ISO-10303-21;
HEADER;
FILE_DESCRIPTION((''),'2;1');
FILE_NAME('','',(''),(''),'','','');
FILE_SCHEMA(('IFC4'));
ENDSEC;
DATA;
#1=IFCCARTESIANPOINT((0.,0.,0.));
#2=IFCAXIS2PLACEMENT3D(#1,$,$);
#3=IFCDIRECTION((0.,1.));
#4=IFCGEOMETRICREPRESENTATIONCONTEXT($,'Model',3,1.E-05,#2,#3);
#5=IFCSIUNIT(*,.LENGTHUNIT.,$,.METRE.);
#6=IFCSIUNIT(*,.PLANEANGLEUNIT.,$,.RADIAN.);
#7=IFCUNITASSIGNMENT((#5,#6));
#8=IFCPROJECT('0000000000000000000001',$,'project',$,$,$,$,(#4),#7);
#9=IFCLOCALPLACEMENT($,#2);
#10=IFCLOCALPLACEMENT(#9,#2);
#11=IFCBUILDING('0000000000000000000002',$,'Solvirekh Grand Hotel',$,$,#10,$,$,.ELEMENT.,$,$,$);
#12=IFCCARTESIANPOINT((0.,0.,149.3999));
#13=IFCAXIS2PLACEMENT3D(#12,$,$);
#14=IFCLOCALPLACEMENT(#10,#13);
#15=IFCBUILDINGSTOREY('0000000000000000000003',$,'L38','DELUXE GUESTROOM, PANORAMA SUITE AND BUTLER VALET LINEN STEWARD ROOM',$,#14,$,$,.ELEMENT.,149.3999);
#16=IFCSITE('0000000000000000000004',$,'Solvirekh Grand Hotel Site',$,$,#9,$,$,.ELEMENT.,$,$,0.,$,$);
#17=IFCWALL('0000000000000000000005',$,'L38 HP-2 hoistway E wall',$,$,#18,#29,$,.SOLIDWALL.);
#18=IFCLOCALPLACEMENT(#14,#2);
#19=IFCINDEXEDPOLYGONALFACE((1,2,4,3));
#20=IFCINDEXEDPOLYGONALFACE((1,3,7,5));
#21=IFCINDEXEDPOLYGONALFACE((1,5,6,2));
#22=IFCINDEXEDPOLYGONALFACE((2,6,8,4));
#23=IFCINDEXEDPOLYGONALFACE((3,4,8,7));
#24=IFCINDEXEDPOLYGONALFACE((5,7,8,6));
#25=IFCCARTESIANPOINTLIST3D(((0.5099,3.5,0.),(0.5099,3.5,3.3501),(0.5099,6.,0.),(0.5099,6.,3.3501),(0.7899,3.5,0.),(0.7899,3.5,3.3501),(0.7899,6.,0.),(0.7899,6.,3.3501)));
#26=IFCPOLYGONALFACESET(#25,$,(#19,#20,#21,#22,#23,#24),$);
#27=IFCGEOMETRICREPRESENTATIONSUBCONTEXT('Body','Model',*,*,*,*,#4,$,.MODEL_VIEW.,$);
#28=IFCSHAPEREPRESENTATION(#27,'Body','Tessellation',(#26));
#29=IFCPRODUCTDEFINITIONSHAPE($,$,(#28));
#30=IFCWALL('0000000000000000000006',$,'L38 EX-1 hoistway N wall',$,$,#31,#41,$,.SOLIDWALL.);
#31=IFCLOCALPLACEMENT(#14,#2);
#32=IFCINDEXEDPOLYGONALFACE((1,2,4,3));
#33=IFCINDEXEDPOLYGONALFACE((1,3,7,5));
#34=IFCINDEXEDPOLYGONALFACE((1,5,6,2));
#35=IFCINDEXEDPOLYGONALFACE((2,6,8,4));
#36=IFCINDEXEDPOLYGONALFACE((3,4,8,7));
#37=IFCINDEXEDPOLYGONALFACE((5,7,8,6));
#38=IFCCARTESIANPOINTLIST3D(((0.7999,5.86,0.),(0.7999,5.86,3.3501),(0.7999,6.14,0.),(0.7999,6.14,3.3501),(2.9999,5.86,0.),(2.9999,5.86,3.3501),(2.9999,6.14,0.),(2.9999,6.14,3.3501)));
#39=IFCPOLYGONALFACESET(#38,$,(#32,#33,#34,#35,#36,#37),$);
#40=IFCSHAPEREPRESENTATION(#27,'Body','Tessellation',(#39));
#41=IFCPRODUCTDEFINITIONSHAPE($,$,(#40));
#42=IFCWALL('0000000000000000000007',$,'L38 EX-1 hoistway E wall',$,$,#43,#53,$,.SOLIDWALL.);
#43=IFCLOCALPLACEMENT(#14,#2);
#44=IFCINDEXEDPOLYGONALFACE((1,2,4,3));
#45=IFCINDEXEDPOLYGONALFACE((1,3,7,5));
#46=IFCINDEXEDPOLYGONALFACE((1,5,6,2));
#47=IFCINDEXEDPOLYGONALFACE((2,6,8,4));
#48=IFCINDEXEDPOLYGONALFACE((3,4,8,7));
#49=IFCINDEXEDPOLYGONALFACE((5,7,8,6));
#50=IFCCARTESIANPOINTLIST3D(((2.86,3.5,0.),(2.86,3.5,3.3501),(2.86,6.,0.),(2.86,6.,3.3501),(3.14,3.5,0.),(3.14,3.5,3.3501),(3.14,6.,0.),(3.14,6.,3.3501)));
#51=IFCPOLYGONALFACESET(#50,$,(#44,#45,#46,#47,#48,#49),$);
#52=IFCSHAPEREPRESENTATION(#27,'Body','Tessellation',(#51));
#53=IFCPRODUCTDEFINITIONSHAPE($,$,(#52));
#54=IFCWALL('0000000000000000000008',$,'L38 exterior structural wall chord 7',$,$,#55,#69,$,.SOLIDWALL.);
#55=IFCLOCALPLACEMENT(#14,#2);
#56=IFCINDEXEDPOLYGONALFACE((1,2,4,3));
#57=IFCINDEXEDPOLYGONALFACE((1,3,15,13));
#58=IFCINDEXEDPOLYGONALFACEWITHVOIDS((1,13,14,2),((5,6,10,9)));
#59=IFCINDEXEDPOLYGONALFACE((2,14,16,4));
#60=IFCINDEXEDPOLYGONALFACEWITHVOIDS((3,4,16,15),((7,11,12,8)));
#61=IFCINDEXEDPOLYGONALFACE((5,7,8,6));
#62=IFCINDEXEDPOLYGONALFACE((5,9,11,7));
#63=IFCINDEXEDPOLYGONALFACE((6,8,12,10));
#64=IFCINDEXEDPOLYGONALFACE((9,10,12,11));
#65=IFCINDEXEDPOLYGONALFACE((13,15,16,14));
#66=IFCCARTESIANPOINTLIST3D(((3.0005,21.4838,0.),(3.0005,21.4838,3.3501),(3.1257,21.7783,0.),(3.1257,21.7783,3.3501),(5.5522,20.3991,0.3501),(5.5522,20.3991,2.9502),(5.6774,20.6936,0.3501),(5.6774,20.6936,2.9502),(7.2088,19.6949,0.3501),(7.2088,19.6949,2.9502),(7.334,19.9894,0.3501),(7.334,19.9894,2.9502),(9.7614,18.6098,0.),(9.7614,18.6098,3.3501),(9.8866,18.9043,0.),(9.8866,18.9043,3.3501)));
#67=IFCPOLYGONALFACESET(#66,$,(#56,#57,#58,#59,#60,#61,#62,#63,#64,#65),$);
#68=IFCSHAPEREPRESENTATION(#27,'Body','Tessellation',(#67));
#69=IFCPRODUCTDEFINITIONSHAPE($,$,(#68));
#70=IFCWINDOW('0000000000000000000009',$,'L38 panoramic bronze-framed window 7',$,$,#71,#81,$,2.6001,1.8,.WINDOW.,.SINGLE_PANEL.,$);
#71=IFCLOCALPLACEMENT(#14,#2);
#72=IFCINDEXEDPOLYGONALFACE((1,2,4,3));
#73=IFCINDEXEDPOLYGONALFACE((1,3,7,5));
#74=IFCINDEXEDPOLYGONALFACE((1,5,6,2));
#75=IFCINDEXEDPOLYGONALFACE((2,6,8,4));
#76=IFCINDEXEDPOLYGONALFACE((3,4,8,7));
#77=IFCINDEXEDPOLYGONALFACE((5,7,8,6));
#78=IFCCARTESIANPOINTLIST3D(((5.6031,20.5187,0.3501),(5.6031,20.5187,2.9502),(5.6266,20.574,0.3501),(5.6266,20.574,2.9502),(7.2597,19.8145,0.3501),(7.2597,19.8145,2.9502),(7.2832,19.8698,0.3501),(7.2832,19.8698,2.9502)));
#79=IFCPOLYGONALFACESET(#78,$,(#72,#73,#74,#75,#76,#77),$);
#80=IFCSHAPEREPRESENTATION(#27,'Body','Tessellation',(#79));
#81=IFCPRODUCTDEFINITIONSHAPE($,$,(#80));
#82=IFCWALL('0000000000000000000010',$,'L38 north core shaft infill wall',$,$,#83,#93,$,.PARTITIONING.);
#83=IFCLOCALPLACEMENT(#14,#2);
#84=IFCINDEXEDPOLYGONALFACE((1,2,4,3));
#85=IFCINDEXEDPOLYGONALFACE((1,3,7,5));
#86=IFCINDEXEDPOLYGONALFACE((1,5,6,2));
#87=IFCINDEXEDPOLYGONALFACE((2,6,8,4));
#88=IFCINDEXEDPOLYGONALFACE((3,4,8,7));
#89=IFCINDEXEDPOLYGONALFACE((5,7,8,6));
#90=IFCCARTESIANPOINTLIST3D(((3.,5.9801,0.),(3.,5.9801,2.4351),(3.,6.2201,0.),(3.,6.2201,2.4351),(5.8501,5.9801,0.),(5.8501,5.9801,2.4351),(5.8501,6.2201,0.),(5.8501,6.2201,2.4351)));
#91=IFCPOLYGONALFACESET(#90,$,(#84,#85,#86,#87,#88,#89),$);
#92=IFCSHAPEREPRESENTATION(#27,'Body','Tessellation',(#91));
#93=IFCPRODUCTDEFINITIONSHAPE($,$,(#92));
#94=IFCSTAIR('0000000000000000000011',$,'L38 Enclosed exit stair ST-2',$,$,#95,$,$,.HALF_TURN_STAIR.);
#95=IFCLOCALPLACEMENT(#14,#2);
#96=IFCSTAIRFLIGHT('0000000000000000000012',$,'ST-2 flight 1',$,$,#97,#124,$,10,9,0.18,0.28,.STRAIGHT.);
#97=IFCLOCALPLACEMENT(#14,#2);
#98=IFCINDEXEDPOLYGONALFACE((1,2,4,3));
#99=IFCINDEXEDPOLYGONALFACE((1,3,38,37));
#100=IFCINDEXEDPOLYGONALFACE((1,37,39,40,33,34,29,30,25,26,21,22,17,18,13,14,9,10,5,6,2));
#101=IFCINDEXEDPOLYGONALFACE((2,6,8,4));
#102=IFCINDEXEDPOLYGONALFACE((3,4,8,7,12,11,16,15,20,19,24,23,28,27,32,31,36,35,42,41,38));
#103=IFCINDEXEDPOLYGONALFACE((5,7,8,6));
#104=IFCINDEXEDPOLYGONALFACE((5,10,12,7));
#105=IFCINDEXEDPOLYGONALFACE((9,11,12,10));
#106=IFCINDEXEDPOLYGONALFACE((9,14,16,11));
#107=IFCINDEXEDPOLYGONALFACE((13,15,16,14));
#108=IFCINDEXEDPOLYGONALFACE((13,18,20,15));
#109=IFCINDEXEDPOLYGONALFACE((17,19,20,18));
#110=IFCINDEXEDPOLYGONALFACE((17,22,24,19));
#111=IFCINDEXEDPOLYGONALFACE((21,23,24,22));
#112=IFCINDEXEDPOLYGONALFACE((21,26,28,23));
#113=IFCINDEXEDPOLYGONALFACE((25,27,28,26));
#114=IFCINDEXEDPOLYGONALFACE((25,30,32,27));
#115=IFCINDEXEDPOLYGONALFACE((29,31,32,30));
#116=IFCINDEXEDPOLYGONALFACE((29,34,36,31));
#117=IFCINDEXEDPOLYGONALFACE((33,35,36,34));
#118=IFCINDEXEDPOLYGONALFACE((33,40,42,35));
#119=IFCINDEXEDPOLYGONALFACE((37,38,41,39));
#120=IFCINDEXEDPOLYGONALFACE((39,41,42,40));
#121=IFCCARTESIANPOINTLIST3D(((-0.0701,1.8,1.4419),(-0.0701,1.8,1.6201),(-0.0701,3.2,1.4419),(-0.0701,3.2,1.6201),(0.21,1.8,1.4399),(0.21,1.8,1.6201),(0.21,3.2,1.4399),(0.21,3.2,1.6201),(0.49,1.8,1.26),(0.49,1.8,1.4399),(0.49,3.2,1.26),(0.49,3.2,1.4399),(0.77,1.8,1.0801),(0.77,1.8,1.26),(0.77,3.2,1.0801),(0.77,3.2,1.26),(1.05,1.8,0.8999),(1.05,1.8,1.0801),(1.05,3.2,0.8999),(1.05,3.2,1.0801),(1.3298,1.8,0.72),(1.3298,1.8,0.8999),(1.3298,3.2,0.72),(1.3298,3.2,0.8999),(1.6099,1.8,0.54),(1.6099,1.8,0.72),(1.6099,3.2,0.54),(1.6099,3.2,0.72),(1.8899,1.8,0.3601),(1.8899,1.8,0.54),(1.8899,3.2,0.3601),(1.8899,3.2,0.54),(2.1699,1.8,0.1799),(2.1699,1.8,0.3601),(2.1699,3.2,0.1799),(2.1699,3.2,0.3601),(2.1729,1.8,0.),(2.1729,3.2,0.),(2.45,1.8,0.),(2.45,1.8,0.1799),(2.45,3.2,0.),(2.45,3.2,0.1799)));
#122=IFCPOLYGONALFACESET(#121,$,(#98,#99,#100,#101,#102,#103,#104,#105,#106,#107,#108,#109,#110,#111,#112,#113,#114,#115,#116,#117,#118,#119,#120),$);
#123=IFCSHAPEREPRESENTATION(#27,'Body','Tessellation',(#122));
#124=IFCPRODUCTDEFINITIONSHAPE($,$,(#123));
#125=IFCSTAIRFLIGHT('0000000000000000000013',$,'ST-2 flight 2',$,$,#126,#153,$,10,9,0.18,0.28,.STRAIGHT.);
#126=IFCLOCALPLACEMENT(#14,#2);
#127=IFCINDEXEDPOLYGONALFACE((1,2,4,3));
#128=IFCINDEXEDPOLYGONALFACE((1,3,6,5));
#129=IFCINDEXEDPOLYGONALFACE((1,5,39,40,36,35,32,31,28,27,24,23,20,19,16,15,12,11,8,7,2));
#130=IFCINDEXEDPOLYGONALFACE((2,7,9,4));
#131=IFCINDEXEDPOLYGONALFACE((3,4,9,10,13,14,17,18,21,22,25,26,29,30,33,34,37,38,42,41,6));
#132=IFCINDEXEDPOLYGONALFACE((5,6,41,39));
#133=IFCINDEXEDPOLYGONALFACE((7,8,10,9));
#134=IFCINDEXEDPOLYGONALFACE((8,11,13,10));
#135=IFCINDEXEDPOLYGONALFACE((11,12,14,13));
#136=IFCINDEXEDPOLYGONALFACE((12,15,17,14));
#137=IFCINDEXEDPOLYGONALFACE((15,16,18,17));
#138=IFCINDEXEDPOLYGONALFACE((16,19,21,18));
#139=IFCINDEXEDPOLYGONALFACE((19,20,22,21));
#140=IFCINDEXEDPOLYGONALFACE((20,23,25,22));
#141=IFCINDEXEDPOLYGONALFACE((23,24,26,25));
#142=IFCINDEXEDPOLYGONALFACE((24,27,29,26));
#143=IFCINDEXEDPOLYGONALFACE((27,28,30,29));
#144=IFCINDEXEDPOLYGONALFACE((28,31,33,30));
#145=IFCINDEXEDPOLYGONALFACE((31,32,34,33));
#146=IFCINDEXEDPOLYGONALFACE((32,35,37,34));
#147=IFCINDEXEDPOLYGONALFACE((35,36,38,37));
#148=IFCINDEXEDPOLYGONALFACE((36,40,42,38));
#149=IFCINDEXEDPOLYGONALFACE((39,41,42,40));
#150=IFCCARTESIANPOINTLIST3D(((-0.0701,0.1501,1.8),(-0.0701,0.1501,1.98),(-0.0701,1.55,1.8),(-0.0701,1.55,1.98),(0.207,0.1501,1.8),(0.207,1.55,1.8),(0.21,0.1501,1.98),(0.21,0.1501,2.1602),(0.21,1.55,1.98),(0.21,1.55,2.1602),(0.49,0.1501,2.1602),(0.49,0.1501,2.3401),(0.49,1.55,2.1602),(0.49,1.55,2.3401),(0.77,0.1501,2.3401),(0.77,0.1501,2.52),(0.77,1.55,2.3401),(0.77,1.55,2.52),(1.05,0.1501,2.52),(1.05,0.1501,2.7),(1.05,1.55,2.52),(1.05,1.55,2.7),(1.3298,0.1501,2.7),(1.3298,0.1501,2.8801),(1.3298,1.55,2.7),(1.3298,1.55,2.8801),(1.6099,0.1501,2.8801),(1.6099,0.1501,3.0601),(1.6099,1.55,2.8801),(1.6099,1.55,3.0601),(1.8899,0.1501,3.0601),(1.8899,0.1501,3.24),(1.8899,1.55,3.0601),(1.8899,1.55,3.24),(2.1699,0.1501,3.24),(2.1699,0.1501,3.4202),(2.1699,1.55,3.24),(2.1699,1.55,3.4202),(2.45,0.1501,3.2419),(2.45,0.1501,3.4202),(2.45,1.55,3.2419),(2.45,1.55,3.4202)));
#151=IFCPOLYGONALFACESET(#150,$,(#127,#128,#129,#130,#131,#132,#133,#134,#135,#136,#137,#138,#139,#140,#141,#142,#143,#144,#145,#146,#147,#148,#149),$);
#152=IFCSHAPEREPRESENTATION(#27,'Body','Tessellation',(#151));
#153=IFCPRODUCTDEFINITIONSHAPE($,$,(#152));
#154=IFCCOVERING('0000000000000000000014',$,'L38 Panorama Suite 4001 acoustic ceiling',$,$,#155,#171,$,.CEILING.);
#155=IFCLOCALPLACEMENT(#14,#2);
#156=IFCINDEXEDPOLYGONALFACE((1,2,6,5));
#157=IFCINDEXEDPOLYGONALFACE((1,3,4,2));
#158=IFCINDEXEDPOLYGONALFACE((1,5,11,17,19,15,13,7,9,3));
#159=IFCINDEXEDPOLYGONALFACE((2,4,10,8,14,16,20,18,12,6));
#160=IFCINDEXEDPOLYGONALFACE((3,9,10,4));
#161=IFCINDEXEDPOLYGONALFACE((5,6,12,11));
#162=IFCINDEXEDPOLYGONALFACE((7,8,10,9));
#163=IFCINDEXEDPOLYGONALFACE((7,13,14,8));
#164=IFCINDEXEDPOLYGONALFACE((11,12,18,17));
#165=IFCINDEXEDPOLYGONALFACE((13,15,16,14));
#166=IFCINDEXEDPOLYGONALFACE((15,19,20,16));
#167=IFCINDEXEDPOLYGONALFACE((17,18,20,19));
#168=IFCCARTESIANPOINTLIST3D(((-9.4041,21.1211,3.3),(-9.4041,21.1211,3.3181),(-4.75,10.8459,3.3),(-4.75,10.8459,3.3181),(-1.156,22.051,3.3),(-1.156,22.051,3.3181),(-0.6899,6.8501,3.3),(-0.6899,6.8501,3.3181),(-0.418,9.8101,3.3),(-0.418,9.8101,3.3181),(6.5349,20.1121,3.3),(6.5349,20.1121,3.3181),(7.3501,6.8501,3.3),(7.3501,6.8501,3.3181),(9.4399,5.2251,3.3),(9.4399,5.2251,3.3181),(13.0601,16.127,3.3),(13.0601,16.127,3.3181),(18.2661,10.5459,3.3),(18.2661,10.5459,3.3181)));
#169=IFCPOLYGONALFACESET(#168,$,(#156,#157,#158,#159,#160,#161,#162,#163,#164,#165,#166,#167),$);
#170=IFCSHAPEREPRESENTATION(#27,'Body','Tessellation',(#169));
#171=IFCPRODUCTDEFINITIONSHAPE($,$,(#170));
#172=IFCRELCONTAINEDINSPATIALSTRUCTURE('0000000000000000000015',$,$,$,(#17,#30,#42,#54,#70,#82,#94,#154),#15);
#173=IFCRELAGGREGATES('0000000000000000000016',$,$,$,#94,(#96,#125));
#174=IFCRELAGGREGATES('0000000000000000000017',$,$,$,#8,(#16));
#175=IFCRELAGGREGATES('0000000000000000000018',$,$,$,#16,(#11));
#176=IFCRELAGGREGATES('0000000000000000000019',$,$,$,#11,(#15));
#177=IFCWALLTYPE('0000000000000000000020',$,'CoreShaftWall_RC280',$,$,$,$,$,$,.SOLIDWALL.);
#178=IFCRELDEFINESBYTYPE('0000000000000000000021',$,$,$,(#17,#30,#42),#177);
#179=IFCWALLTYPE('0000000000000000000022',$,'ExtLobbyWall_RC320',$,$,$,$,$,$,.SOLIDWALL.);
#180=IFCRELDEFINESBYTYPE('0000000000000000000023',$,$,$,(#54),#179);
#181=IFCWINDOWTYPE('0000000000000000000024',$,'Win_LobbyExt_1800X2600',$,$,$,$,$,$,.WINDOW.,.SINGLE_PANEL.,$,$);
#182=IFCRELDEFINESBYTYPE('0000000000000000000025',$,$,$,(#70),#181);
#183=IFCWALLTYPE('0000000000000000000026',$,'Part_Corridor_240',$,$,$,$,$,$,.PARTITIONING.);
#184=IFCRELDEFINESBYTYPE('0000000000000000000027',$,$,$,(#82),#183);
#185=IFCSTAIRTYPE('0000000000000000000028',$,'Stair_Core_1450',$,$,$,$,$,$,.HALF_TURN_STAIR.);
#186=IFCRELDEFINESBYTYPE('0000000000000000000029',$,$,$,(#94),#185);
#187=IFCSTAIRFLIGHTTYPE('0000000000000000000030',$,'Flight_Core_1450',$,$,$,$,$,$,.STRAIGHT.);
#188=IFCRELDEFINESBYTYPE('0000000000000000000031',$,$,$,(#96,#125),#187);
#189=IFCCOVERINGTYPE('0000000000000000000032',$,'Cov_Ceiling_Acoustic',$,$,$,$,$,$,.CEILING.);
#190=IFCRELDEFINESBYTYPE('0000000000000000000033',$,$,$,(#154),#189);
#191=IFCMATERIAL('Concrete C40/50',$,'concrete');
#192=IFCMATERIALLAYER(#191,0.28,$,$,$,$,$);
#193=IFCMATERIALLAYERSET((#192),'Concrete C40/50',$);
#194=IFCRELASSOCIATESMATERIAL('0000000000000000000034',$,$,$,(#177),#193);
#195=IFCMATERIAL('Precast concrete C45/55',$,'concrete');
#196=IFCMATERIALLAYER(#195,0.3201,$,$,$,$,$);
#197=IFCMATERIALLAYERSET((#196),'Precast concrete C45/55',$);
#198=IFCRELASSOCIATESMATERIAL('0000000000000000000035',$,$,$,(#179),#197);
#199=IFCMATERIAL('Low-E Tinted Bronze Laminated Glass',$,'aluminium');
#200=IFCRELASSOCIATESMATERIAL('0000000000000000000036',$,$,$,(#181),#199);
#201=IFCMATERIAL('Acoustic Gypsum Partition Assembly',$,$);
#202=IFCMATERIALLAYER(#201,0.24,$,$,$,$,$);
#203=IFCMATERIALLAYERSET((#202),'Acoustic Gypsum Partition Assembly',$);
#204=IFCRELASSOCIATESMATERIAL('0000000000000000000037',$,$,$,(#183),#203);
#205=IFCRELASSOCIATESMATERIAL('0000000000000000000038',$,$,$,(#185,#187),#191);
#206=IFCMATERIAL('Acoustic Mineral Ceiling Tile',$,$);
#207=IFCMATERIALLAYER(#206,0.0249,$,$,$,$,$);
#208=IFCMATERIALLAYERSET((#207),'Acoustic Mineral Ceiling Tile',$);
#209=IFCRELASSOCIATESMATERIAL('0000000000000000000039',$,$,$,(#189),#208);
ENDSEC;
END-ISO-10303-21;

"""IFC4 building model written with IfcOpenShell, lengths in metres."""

from ifc_helpers import new_model, si_unit, direction, frame, frame_2d, origin, place, context, subcontext, project, spatial, polyline, rectangle, outline, extrude, material, layer, layer_set, type_object, element, fill, aggregate, save


model = new_model("IFC4")

# Units and contexts
model_context = context("Model", 3, precision=1e-05, world=origin(), true_north=direction((0.0, 1.0)))
body_context = subcontext(model_context, "Body", "Model", "MODEL_VIEW")
ifc_project = project(units=[si_unit("LENGTHUNIT", "METRE"), si_unit("PLANEANGLEUNIT", "RADIAN")], contexts=[model_context])

# Site, building, storey
site_placement = place(None, origin())
site = spatial("IfcSite", under=ifc_project, at=site_placement, Name="Solvirekh Grand Hotel Site", CompositionType="ELEMENT", RefElevation=0.0)
building_placement = place(site_placement, origin())
building = spatial("IfcBuilding", under=site, at=building_placement, Name="Solvirekh Grand Hotel", CompositionType="ELEMENT")
storey_placement = place(building_placement, frame((0.0, 0.0, 149.3999)))
storey = spatial("IfcBuildingStorey", under=building, at=storey_placement, Name="L38", Description="DELUXE GUESTROOM, PANORAMA SUITE AND BUTLER VALET LINEN STEWARD ROOM", CompositionType="ELEMENT", Elevation=149.3999)

# Shared definitions
ifc_material_1 = material(Name="Low-E Tinted Bronze Laminated Glass", Category="aluminium")

# Walls
ifc_material_2 = material(Name="Concrete C40/50", Category="concrete")
ifc_layer_1 = layer(ifc_material_2, 0.28)
ifc_layer_set_1 = layer_set([ifc_layer_1], Name="Concrete C40/50")
wall_type_1 = type_object("IfcWallType", Name="CoreShaftWall_RC280", PredefinedType="SOLIDWALL", material=ifc_layer_set_1)
wall_1_placement = place(storey_placement, frame((0.6499, 3.5, 0.0), z_axis=(0.0, 0.0, 1.0), x_axis=(0.0, 1.0, 0.0)))
element("IfcWall", 1, at=wall_1_placement, inside=storey, type_object=wall_type_1, Name="L38 HP-2 hoistway E wall", PredefinedType="SOLIDWALL", context=body_context, shape_type="SweptSolid", body=[
    extrude(rectangle(XDim=2.5, YDim=0.28, at=frame_2d((1.25, 0.0))), origin(), (0.0, 0.0, 1.0), 3.3501),
])
wall_2_placement = place(storey_placement, frame((3.0, 6.0, 0.0), z_axis=(0.0, 0.0, 1.0), x_axis=(-1.0, 0.0, 0.0)))
element("IfcWall", 2, at=wall_2_placement, inside=storey, type_object=wall_type_1, Name="L38 EX-1 hoistway N wall", PredefinedType="SOLIDWALL", context=body_context, shape_type="SweptSolid", body=[
    extrude(rectangle(XDim=2.2, YDim=0.28, at=frame_2d((1.1001, 0.0))), origin(), (0.0, 0.0, 1.0), 3.3501),
])
wall_3_placement = place(storey_placement, frame((3.0, 3.5, 0.0), z_axis=(0.0, 0.0, 1.0), x_axis=(0.0, 1.0, 0.0)))
element("IfcWall", 3, at=wall_3_placement, inside=storey, type_object=wall_type_1, Name="L38 EX-1 hoistway E wall", PredefinedType="SOLIDWALL", context=body_context, shape_type="SweptSolid", body=[
    extrude(rectangle(XDim=2.5, YDim=0.28, at=frame_2d((1.25, 0.0))), origin(), (0.0, 0.0, 1.0), 3.3501),
])

# Wall, opening, window
ifc_material_3 = material(Name="Precast concrete C45/55", Category="concrete")
ifc_layer_2 = layer(ifc_material_3, 0.3201)
ifc_layer_set_2 = layer_set([ifc_layer_2], Name="Precast concrete C45/55")
wall_type_2 = type_object("IfcWallType", Name="ExtLobbyWall_RC320", PredefinedType="SOLIDWALL", material=ifc_layer_set_2)
wall_4_placement = place(storey_placement, frame((3.063, 21.6311, 0.0), z_axis=(0.0, 0.0, 1.0), x_axis=(0.920301, -0.39121, 0.0)))
wall_4 = element("IfcWall", 4, at=wall_4_placement, inside=storey, type_object=wall_type_2, Name="L38 exterior structural wall chord 7", PredefinedType="SOLIDWALL", context=body_context, shape_type="SweptSolid", body=[
    extrude(rectangle(XDim=7.3464, YDim=0.3201, at=frame_2d((3.6733, 0.0))), origin(), (0.0, 0.0, 1.0), 3.3501),
])
opening_placement = place(wall_4_placement, frame((2.7729, 0.0, 0.3501)))
opening = element("IfcOpeningElement", 5, at=opening_placement, cuts=wall_4, PredefinedType="OPENING", context=body_context, shape_type="SweptSolid", body=[
    extrude(rectangle(XDim=1.8, YDim=2.6001, at=frame_2d((0.8999, 1.3))), frame((0.0, 0.1699, 0.0), z_axis=(0.0, -1.0, 0.0), x_axis=(1.0, 0.0, 0.0)), (0.0, 0.0, 1.0), 0.3401),
])
window_type = type_object("IfcWindowType", Name="Win_LobbyExt_1800X2600", PartitioningType="SINGLE_PANEL", PredefinedType="WINDOW", material=ifc_material_1)
window_placement = place(opening_placement, origin())
window = element("IfcWindow", 6, at=window_placement, inside=storey, type_object=window_type, Name="L38 panoramic bronze-framed window 7", OverallHeight=2.6001, OverallWidth=1.8, PartitioningType="SINGLE_PANEL", PredefinedType="WINDOW", context=body_context, shape_type="SweptSolid", body=[
    extrude(rectangle(XDim=1.8, YDim=2.6001, at=frame_2d((0.8999, 1.3))), frame((0.0, 0.03, 0.0), z_axis=(0.0, -1.0, 0.0), x_axis=(1.0, 0.0, 0.0)), (0.0, 0.0, 1.0), 0.0601),
])
fill(opening, window)

# Wall
ifc_material_4 = material(Name="Acoustic Gypsum Partition Assembly")
ifc_layer_3 = layer(ifc_material_4, 0.24)
ifc_layer_set_3 = layer_set([ifc_layer_3], Name="Acoustic Gypsum Partition Assembly")
wall_type_3 = type_object("IfcWallType", Name="Part_Corridor_240", PredefinedType="PARTITIONING", material=ifc_layer_set_3)
wall_5_placement = place(storey_placement, frame((3.0, 6.1001, 0.0), z_axis=(0.0, 0.0, 1.0), x_axis=(1.0, 0.0, 0.0)))
element("IfcWall", 7, at=wall_5_placement, inside=storey, type_object=wall_type_3, Name="L38 north core shaft infill wall", PredefinedType="PARTITIONING", context=body_context, shape_type="SweptSolid", body=[
    extrude(rectangle(XDim=2.8501, YDim=0.24, at=frame_2d((1.425, 0.0))), origin(), (0.0, 0.0, 1.0), 2.4351),
])

# Stair, stair flights
stair_type = type_object("IfcStairType", Name="Stair_Core_1450", PredefinedType="HALF_TURN_STAIR", material=ifc_material_2)
stair_placement = place(storey_placement, origin())
stair = element("IfcStair", 8, at=stair_placement, inside=storey, type_object=stair_type, Name="L38 Enclosed exit stair ST-2", PredefinedType="HALF_TURN_STAIR")
stair_flight_type = type_object("IfcStairFlightType", Name="Flight_Core_1450", PredefinedType="STRAIGHT", material=ifc_material_2)
stair_flight_1_placement = place(storey_placement, frame((2.45, 2.5, 0.0), z_axis=(0.0, 0.0, 1.0), x_axis=(-1.0, 0.0, 0.0)))
stair_flight_1 = element("IfcStairFlight", 9, at=stair_flight_1_placement, type_object=stair_flight_type, Name="ST-2 flight 1", NumberOfRisers=10, NumberOfTreads=9, PredefinedType="STRAIGHT", RiserHeight=0.18, TreadLength=0.28, context=body_context, shape_type="SweptSolid", body=[
    extrude(outline(polyline([(0.0, 0.0), (0.0, 0.1799), (0.28, 0.1799), (0.28, 0.3601), (0.5601, 0.3601), (0.5601, 0.54), (0.8401, 0.54), (0.8401, 0.72), (1.1201, 0.72), (1.1201, 0.8999), (1.3999, 0.8999), (1.3999, 1.0801), (1.6799, 1.0801), (1.6799, 1.26), (1.96, 1.26), (1.96, 1.4399), (2.24, 1.4399), (2.24, 1.6201), (2.52, 1.6201), (2.52, 1.8), (2.52, 1.4419), (0.2771, 0.0), (0.0, 0.0)])), frame((0.0, 0.7, 0.0), z_axis=(0.0, -1.0, 0.0), x_axis=(1.0, 0.0, 0.0)), (0.0, 0.0, 1.0), 1.3999),
])
stair_flight_2_placement = place(storey_placement, frame((-0.0701, 0.8501, 1.8), z_axis=(0.0, 0.0, 1.0), x_axis=(1.0, 0.0, 0.0)))
stair_flight_2 = element("IfcStairFlight", 10, at=stair_flight_2_placement, type_object=stair_flight_type, Name="ST-2 flight 2", NumberOfRisers=10, NumberOfTreads=9, PredefinedType="STRAIGHT", RiserHeight=0.18, TreadLength=0.28, context=body_context, shape_type="SweptSolid", body=[
    extrude(outline(polyline([(0.0, 0.0), (0.0, 0.1799), (0.28, 0.1799), (0.28, 0.3601), (0.5601, 0.3601), (0.5601, 0.54), (0.8401, 0.54), (0.8401, 0.72), (1.1201, 0.72), (1.1201, 0.8999), (1.3999, 0.8999), (1.3999, 1.0801), (1.6799, 1.0801), (1.6799, 1.26), (1.96, 1.26), (1.96, 1.4399), (2.24, 1.4399), (2.24, 1.6201), (2.52, 1.6201), (2.52, 1.8), (2.52, 1.4419), (0.2771, 0.0), (0.0, 0.0)])), frame((0.0, 0.7, 0.0), z_axis=(0.0, -1.0, 0.0), x_axis=(1.0, 0.0, 0.0)), (0.0, 0.0, 1.0), 1.3999),
])
aggregate(stair, [stair_flight_1, stair_flight_2])

# Covering
ifc_material_5 = material(Name="Acoustic Mineral Ceiling Tile")
ifc_layer_4 = layer(ifc_material_5, 0.0249)
ifc_layer_set_4 = layer_set([ifc_layer_4], Name="Acoustic Mineral Ceiling Tile")
covering_type_1 = type_object("IfcCoveringType", Name="Cov_Ceiling_Acoustic", PredefinedType="CEILING", material=ifc_layer_set_4)
covering_1_placement = place(storey_placement, frame((0.0, 0.0, 3.3)))
element("IfcCovering", 11, at=covering_1_placement, inside=storey, type_object=covering_type_1, Name="L38 Panorama Suite 4001 acoustic ceiling", PredefinedType="CEILING", context=body_context, shape_type="SweptSolid", body=[
    extrude(outline(polyline([(-4.75, 10.8459), (-0.418, 9.8101), (-0.6899, 6.8501), (7.3501, 6.8501), (9.4399, 5.2251), (18.2661, 10.5459), (13.0601, 16.127), (6.5349, 20.1121), (-1.156, 22.051), (-9.4041, 21.1211), (-4.75, 10.8459)])), origin(), (0.0, 0.0, 1.0), 0.0181),
])

save(model, "model.ifc")
